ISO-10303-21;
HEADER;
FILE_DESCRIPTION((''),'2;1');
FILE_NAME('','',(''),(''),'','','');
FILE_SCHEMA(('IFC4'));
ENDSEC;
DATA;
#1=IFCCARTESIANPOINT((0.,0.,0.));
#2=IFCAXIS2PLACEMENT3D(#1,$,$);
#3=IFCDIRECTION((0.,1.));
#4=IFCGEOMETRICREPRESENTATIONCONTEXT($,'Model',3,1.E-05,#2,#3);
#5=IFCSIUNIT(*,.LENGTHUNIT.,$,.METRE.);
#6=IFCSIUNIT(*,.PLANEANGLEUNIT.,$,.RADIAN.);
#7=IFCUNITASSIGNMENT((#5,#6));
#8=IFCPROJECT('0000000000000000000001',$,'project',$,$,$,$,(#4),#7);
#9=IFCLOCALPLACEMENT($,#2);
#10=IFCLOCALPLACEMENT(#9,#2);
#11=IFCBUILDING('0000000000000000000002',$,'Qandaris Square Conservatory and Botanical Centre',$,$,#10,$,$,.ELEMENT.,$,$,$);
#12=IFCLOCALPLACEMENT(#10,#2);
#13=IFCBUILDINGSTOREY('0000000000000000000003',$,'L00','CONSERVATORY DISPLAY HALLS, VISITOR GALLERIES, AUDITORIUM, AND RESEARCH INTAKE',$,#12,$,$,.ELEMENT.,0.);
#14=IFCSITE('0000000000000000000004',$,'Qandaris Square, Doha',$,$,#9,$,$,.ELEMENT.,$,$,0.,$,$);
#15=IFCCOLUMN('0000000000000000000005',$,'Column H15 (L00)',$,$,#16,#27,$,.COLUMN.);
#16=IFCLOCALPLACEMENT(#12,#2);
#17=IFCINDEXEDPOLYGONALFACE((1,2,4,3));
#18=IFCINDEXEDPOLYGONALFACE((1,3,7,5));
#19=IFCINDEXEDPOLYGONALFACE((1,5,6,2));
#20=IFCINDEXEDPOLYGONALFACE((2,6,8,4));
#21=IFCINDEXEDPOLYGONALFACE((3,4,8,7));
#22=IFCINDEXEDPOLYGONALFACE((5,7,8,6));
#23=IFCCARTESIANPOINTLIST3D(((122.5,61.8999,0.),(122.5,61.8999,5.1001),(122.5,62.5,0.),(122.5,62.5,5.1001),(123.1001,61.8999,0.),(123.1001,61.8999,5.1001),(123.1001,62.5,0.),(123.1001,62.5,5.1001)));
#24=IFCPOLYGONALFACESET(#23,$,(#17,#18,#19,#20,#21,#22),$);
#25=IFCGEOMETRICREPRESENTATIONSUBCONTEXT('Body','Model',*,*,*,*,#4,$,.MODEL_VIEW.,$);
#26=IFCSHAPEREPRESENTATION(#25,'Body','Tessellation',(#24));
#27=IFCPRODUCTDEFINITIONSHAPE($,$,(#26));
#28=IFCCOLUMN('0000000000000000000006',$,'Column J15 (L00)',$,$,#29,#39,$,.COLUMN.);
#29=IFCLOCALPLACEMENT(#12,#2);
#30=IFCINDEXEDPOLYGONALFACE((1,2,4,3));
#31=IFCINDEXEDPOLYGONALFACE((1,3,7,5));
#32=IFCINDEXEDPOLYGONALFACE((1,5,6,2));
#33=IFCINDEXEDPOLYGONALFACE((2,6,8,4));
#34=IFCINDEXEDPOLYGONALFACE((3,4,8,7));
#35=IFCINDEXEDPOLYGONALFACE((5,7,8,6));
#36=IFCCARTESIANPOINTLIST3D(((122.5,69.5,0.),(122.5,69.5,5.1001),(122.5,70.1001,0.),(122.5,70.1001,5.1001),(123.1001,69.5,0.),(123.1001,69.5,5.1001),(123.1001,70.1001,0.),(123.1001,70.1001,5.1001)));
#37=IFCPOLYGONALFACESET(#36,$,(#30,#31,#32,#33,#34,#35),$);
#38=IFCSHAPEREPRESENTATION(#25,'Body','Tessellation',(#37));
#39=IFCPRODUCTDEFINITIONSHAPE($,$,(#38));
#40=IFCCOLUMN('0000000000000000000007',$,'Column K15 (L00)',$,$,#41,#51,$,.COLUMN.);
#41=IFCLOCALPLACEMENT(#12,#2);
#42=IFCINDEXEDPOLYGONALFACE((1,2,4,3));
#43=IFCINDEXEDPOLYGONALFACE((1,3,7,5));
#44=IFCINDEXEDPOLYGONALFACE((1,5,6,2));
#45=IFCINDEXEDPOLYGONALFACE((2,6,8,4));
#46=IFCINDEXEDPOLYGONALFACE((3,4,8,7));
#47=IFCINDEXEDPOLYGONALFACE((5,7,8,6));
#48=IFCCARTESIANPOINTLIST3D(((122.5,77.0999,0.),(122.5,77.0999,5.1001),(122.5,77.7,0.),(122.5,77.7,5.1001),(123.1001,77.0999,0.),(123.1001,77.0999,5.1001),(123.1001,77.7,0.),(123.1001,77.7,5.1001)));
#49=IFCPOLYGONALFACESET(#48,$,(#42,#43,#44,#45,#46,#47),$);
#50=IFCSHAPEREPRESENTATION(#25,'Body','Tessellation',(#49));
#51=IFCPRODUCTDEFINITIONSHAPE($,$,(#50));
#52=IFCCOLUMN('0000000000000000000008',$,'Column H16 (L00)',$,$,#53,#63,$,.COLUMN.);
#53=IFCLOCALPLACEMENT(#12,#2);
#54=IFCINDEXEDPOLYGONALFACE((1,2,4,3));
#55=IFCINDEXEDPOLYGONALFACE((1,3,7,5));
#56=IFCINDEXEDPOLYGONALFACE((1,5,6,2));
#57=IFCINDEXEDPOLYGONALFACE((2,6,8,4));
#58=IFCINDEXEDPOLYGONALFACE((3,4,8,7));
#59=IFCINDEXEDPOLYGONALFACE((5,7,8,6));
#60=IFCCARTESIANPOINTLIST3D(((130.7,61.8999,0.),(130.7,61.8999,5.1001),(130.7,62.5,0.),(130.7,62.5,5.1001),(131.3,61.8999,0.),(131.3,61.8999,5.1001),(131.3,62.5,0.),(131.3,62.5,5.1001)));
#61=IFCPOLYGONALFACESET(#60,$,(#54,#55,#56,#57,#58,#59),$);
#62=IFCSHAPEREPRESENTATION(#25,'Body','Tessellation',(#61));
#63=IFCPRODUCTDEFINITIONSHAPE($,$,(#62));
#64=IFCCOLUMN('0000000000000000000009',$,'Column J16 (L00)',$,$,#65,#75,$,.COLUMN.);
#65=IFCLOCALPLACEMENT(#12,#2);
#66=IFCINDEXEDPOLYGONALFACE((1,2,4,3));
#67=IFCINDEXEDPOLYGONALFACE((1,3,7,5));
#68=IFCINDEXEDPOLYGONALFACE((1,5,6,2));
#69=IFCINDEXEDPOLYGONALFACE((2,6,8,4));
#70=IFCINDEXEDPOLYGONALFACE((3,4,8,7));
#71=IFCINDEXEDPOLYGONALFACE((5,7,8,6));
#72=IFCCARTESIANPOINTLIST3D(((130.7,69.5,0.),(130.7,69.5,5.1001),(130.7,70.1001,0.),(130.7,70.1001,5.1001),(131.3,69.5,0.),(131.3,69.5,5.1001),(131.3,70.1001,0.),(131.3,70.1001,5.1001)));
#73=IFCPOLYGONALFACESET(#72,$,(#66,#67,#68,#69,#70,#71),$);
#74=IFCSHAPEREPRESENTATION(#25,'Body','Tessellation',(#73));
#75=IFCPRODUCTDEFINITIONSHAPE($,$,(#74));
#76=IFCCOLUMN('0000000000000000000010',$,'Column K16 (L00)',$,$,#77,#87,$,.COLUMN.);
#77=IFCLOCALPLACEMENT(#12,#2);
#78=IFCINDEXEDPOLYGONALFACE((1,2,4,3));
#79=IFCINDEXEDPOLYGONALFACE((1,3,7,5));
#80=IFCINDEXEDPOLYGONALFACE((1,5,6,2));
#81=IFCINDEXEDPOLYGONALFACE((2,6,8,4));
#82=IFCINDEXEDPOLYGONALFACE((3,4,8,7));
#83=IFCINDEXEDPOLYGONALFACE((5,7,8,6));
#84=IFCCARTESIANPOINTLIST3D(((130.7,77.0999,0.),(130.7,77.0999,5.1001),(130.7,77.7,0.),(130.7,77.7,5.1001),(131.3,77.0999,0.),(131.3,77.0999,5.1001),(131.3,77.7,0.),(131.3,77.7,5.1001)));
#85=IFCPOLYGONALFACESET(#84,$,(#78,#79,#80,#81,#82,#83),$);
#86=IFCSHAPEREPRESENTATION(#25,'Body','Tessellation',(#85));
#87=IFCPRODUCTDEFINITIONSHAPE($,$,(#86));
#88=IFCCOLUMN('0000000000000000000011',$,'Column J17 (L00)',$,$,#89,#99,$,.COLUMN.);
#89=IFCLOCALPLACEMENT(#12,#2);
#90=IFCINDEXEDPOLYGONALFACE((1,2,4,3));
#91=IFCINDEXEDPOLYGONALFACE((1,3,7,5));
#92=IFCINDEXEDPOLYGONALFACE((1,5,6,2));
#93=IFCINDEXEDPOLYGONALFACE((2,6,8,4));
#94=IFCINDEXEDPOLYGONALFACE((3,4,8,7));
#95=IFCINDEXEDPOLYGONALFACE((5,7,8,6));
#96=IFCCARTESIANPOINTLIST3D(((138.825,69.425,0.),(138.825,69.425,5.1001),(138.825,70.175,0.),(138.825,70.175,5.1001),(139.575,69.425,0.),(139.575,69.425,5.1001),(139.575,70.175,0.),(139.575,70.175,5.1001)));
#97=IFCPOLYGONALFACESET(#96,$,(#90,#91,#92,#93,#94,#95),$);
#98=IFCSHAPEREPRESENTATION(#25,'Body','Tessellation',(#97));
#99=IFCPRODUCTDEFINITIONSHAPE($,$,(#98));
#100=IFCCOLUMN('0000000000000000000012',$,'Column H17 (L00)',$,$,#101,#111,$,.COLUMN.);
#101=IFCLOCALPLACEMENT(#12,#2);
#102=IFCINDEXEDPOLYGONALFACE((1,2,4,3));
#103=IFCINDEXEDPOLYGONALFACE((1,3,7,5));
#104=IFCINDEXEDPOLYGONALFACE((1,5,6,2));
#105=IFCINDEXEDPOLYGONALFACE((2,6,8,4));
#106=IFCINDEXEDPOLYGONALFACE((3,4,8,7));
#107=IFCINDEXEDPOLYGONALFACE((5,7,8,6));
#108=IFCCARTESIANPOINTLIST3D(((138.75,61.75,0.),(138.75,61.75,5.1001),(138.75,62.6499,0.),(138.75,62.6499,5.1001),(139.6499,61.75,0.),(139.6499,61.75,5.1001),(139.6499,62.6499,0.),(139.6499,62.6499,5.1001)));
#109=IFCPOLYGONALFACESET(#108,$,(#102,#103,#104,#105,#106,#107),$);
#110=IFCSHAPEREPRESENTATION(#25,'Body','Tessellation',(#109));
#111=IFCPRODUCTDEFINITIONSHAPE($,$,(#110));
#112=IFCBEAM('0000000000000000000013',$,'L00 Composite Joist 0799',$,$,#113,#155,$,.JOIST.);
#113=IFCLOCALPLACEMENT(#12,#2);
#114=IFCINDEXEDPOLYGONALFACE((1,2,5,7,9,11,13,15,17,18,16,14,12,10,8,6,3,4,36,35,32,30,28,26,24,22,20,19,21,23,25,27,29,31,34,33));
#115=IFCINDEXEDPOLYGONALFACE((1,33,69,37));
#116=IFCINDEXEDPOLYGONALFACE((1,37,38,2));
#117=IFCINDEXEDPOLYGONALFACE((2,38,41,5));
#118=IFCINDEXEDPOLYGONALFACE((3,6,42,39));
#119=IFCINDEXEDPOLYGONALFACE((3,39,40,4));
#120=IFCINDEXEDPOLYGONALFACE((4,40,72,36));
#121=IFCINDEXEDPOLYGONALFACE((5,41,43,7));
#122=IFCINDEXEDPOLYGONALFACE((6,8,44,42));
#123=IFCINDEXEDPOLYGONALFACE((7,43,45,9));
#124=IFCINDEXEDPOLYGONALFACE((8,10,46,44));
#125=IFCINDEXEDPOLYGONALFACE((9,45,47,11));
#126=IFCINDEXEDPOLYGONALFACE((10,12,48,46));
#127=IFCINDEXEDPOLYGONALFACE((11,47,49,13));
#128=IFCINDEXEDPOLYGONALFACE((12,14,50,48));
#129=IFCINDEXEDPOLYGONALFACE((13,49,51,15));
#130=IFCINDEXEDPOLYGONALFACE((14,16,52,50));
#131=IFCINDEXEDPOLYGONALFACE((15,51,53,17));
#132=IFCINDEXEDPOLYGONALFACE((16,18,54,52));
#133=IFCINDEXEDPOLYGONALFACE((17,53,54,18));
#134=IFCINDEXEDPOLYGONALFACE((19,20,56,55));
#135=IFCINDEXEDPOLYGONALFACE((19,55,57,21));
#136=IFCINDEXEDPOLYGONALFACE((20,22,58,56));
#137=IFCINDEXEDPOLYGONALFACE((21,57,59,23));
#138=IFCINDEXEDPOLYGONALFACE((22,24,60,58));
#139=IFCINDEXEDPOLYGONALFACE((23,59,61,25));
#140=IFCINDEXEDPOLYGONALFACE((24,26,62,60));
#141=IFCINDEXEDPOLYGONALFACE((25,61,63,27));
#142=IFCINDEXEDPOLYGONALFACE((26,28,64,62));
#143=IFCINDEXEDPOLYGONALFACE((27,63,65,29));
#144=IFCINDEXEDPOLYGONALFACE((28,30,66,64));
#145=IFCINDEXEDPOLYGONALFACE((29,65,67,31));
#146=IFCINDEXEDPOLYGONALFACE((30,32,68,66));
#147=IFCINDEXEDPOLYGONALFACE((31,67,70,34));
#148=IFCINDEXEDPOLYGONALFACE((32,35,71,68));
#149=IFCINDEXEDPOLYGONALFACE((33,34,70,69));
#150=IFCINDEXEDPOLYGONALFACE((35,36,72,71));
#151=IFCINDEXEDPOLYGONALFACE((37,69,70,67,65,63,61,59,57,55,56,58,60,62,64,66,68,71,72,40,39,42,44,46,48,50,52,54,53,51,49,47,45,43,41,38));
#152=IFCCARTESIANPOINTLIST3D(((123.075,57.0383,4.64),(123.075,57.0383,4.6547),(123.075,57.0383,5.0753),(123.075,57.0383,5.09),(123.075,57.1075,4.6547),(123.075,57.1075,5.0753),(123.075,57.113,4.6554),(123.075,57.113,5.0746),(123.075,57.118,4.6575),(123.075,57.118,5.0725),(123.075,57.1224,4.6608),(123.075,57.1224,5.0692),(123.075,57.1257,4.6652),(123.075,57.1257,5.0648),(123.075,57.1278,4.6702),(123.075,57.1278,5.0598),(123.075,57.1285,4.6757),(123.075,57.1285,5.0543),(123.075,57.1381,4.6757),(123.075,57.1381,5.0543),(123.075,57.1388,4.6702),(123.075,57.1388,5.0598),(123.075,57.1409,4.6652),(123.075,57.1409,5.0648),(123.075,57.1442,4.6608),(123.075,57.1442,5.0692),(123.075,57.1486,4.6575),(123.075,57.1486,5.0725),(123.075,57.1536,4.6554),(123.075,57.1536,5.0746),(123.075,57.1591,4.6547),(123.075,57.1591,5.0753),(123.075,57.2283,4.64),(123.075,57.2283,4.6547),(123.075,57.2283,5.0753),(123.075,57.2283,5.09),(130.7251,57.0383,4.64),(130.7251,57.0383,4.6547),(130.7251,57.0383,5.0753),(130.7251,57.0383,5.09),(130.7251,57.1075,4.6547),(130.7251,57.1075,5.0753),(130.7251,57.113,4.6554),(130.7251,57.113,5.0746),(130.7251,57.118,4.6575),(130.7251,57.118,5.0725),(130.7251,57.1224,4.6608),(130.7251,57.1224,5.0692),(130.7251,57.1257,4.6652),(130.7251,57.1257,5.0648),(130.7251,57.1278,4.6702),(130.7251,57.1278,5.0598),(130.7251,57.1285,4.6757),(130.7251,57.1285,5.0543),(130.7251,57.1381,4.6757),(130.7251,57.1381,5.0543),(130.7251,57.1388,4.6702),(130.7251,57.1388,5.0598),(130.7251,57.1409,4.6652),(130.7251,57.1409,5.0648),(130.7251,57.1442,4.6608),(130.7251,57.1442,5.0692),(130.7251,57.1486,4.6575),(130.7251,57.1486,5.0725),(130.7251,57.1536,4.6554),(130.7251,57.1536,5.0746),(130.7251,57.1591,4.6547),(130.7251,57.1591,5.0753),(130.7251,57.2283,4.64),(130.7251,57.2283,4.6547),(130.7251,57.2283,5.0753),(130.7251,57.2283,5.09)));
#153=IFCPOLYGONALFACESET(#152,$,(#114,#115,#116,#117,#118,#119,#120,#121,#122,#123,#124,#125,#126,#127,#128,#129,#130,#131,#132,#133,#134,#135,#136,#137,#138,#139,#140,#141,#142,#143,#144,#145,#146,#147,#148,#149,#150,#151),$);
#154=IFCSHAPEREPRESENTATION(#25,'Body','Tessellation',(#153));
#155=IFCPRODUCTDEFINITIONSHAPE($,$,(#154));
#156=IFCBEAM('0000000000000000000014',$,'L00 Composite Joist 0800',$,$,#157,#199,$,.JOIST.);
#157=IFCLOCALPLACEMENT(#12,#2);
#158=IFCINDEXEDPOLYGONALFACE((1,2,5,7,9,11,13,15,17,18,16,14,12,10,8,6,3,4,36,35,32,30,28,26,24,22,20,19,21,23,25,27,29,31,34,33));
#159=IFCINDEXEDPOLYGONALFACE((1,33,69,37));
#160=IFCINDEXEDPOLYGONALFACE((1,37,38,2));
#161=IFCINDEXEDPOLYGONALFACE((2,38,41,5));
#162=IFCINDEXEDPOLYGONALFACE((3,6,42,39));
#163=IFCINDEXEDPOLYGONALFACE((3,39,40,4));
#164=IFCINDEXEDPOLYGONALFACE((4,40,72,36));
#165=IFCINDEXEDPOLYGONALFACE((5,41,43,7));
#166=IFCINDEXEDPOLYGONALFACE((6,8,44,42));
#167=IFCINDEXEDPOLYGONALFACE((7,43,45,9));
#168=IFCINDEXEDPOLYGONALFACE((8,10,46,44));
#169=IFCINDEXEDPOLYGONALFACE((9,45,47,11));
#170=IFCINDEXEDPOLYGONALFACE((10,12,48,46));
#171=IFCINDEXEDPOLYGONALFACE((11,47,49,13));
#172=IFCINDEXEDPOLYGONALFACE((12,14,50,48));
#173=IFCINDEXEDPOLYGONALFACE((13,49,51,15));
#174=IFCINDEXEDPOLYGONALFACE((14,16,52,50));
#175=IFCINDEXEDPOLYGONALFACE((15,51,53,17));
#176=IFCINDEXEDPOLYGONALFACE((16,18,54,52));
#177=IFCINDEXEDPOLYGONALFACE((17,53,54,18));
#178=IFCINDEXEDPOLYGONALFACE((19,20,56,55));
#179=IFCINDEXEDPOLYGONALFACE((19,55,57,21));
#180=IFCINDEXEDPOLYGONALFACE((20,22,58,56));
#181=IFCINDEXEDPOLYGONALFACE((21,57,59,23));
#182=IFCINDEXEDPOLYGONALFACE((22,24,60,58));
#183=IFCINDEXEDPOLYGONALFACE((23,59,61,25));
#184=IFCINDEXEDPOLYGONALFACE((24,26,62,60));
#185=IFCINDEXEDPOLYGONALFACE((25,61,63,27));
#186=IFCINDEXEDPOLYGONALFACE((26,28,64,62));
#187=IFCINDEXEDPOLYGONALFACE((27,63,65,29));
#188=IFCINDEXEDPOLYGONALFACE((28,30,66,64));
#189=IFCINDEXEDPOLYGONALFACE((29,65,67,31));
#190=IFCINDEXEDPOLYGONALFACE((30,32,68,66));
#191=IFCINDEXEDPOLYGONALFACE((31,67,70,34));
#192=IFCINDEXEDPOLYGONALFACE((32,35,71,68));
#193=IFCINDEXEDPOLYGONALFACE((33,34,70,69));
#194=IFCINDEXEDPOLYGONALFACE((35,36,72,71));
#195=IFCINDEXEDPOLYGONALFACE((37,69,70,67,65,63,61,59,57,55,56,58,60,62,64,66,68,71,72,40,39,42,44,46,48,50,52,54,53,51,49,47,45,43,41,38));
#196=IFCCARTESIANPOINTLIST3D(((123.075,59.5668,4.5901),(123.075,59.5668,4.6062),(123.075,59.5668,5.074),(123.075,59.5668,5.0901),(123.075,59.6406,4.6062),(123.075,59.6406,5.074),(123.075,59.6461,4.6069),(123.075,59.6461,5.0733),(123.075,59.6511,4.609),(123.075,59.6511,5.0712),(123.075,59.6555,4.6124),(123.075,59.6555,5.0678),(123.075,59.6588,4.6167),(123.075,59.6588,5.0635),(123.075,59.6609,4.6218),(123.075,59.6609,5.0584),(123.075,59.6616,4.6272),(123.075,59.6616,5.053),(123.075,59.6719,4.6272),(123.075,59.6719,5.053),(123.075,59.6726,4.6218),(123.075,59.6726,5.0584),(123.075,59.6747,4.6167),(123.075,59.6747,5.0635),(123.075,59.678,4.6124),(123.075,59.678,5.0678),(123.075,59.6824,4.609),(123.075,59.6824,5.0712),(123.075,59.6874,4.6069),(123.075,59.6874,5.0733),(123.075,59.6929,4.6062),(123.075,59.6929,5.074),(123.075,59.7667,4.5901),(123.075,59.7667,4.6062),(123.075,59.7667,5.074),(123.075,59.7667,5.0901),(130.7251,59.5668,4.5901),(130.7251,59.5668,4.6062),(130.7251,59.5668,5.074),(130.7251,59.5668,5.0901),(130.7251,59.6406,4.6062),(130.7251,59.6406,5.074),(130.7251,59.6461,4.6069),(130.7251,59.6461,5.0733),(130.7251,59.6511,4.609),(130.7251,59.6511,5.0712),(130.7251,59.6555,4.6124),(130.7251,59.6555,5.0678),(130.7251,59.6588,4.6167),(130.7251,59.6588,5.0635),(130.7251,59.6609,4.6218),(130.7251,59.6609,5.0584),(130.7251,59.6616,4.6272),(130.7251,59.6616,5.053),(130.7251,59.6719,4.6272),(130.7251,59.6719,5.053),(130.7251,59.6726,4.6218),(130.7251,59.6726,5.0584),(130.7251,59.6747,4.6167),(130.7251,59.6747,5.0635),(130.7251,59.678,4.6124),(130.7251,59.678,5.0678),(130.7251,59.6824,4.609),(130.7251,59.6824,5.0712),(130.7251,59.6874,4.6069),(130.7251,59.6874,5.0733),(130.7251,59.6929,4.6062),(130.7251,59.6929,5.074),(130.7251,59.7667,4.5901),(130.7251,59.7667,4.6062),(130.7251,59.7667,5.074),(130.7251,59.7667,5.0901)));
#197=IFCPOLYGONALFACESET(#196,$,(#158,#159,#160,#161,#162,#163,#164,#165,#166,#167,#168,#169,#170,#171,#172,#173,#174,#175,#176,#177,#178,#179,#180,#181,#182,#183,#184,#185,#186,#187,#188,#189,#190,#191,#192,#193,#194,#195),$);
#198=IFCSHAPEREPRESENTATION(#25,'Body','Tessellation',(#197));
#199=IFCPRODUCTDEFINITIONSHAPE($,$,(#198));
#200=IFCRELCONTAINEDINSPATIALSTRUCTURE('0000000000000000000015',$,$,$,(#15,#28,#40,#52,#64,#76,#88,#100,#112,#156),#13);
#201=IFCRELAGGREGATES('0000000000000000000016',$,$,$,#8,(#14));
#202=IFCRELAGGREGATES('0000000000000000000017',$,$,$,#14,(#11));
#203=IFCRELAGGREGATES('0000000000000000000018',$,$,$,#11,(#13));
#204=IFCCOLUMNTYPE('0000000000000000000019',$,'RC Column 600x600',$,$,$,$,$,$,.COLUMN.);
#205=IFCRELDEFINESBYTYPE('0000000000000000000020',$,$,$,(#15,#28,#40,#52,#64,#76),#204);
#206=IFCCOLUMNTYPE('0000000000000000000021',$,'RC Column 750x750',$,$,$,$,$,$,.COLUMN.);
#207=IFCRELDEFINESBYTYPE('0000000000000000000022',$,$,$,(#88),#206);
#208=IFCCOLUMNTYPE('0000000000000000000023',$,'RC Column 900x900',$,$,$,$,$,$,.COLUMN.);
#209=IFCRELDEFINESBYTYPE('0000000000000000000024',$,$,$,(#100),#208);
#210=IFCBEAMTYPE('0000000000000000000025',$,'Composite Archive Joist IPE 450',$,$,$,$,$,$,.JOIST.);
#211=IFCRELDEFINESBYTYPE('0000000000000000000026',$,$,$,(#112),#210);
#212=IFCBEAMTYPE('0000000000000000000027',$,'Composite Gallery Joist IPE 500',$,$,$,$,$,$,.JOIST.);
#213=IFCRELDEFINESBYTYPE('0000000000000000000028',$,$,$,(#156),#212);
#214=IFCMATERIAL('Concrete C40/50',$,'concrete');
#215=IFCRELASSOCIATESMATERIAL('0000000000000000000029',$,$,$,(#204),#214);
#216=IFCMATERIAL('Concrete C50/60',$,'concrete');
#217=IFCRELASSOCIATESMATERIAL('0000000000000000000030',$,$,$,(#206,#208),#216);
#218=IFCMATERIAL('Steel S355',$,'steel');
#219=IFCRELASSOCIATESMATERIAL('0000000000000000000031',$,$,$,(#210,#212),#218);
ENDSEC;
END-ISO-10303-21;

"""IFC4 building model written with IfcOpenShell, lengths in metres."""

from ifc_helpers import new_model, si_unit, direction, frame, origin, origin_2d, place, context, subcontext, project, spatial, rectangle, i_section, extrude, material, material_profile, profile_set, type_object, element, save


model = new_model("IFC4")

# Units and contexts
model_context = context("Model", 3, precision=1e-05, world=origin(), true_north=direction((0.0, 1.0)))
body_context = subcontext(model_context, "Body", "Model", "MODEL_VIEW")
ifc_project = project(units=[si_unit("LENGTHUNIT", "METRE"), si_unit("PLANEANGLEUNIT", "RADIAN")], contexts=[model_context])

# Site, building, storey
site_placement = place(None, origin())
site = spatial("IfcSite", under=ifc_project, at=site_placement, Name="Qandaris Square, Doha", CompositionType="ELEMENT", RefElevation=0.0)
building_placement = place(site_placement, origin())
building = spatial("IfcBuilding", under=site, at=building_placement, Name="Qandaris Square Conservatory and Botanical Centre", CompositionType="ELEMENT")
storey_placement = place(building_placement, origin())
storey = spatial("IfcBuildingStorey", under=building, at=storey_placement, Name="L00", Description="CONSERVATORY DISPLAY HALLS, VISITOR GALLERIES, AUDITORIUM, AND RESEARCH INTAKE", CompositionType="ELEMENT", Elevation=0.0)

# Columns
ifc_material_1 = material(Name="Concrete C40/50", Category="concrete")
ifc_material_profile_1 = material_profile(ifc_material_1, rectangle(XDim=0.6001, YDim=0.6001, at=origin_2d()), Name="RC-COL 600x600")
ifc_profile_set_1 = profile_set([ifc_material_profile_1], Name="Concrete C40/50")
column_type_1 = type_object("IfcColumnType", Name="RC Column 600x600", PredefinedType="COLUMN", material=ifc_profile_set_1)
for number, where, z_axis, x_axis, name in (
    (1, (122.8, 62.2, 0.0), (0.0, 0.0, 1.0), (1.0, 0.0, 0.0), "Column H15 (L00)"),
    (2, (122.8, 69.8, 0.0), (0.0, 0.0, 1.0), (1.0, 0.0, 0.0), "Column J15 (L00)"),
    (3, (122.8, 77.3999, 0.0), (0.0, 0.0, 1.0), (1.0, 0.0, 0.0), "Column K15 (L00)"),
    (4, (131.0, 62.2, 0.0), (0.0, 0.0, 1.0), (1.0, 0.0, 0.0), "Column H16 (L00)"),
    (5, (131.0, 69.8, 0.0), (0.0, 0.0, 1.0), (1.0, 0.0, 0.0), "Column J16 (L00)"),
    (6, (131.0, 77.3999, 0.0), (0.0, 0.0, 1.0), (1.0, 0.0, 0.0), "Column K16 (L00)"),
):
    element("IfcColumn", number, at=place(storey_placement, frame(where, z_axis=z_axis, x_axis=x_axis)), inside=storey, type_object=column_type_1, Name=name, PredefinedType="COLUMN", context=body_context, shape_type="SweptSolid", body=[
        extrude(rectangle(XDim=0.6001, YDim=0.6001, at=origin_2d()), origin(), (0.0, 0.0, 1.0), 5.1001),
    ])
ifc_material_2 = material(Name="Concrete C50/60", Category="concrete")
ifc_material_profile_2 = material_profile(ifc_material_2, rectangle(XDim=0.75, YDim=0.75, at=origin_2d()), Name="RC-COL 750x750")
ifc_profile_set_2 = profile_set([ifc_material_profile_2], Name="Concrete C50/60")
column_type_2 = type_object("IfcColumnType", Name="RC Column 750x750", PredefinedType="COLUMN", material=ifc_profile_set_2)
column_1_placement = place(storey_placement, frame((139.2, 69.8, 0.0), z_axis=(0.0, 0.0, 1.0), x_axis=(1.0, 0.0, 0.0)))
element("IfcColumn", 7, at=column_1_placement, inside=storey, type_object=column_type_2, Name="Column J17 (L00)", PredefinedType="COLUMN", context=body_context, shape_type="SweptSolid", body=[
    extrude(rectangle(XDim=0.75, YDim=0.75, at=origin_2d()), origin(), (0.0, 0.0, 1.0), 5.1001),
])
ifc_material_profile_3 = material_profile(ifc_material_2, rectangle(XDim=0.8999, YDim=0.8999, at=origin_2d()), Name="RC-COL 900x900")
ifc_profile_set_3 = profile_set([ifc_material_profile_3], Name="Concrete C50/60")
column_type_3 = type_object("IfcColumnType", Name="RC Column 900x900", PredefinedType="COLUMN", material=ifc_profile_set_3)
column_2_placement = place(storey_placement, frame((139.2, 62.2, 0.0), z_axis=(0.0, 0.0, 1.0), x_axis=(1.0, 0.0, 0.0)))
element("IfcColumn", 8, at=column_2_placement, inside=storey, type_object=column_type_3, Name="Column H17 (L00)", PredefinedType="COLUMN", context=body_context, shape_type="SweptSolid", body=[
    extrude(rectangle(XDim=0.8999, YDim=0.8999, at=origin_2d()), origin(), (0.0, 0.0, 1.0), 5.1001),
])

# Beams
ifc_material_3 = material(Name="Steel S355", Category="steel")
ifc_material_profile_4 = material_profile(ifc_material_3, i_section(OverallWidth=0.1899, OverallDepth=0.45, WebThickness=0.0095, FlangeThickness=0.0146, FilletRadius=0.021, at=origin_2d()), Name="IPE 450")
ifc_profile_set_4 = profile_set([ifc_material_profile_4], Name="Steel S355")
beam_type_1 = type_object("IfcBeamType", Name="Composite Archive Joist IPE 450", PredefinedType="JOIST", material=ifc_profile_set_4)
beam_1_placement = place(storey_placement, frame((123.075, 57.1333, 4.865), z_axis=(1.0, 0.0, 0.0), x_axis=(0.0, 1.0, 0.0)))
element("IfcBeam", 9, at=beam_1_placement, inside=storey, type_object=beam_type_1, Name="L00 Composite Joist 0799", PredefinedType="JOIST", context=body_context, shape_type="SweptSolid", body=[
    extrude(i_section(OverallWidth=0.1899, OverallDepth=0.45, WebThickness=0.0095, FlangeThickness=0.0146, FilletRadius=0.021, at=origin_2d()), origin(), (0.0, 0.0, 1.0), 7.6501),
])
ifc_material_profile_5 = material_profile(ifc_material_3, i_section(OverallWidth=0.2, OverallDepth=0.5, WebThickness=0.0103, FlangeThickness=0.0161, FilletRadius=0.021, at=origin_2d()), Name="IPE 500")
ifc_profile_set_5 = profile_set([ifc_material_profile_5], Name="Steel S355")
beam_type_2 = type_object("IfcBeamType", Name="Composite Gallery Joist IPE 500", PredefinedType="JOIST", material=ifc_profile_set_5)
for number, where, z_axis, x_axis, name in (
    (10, (123.075, 59.6667, 4.8401), (1.0, 0.0, 0.0), (0.0, 1.0, 0.0), "L00 Composite Joist 0800"),
):
    element("IfcBeam", number, at=place(storey_placement, frame(where, z_axis=z_axis, x_axis=x_axis)), inside=storey, type_object=beam_type_2, Name=name, PredefinedType="JOIST", context=body_context, shape_type="SweptSolid", body=[
        extrude(i_section(OverallWidth=0.2, OverallDepth=0.5, WebThickness=0.0103, FlangeThickness=0.0161, FilletRadius=0.021, at=origin_2d()), origin(), (0.0, 0.0, 1.0), 7.6501),
    ])

save(model, "model.ifc")
